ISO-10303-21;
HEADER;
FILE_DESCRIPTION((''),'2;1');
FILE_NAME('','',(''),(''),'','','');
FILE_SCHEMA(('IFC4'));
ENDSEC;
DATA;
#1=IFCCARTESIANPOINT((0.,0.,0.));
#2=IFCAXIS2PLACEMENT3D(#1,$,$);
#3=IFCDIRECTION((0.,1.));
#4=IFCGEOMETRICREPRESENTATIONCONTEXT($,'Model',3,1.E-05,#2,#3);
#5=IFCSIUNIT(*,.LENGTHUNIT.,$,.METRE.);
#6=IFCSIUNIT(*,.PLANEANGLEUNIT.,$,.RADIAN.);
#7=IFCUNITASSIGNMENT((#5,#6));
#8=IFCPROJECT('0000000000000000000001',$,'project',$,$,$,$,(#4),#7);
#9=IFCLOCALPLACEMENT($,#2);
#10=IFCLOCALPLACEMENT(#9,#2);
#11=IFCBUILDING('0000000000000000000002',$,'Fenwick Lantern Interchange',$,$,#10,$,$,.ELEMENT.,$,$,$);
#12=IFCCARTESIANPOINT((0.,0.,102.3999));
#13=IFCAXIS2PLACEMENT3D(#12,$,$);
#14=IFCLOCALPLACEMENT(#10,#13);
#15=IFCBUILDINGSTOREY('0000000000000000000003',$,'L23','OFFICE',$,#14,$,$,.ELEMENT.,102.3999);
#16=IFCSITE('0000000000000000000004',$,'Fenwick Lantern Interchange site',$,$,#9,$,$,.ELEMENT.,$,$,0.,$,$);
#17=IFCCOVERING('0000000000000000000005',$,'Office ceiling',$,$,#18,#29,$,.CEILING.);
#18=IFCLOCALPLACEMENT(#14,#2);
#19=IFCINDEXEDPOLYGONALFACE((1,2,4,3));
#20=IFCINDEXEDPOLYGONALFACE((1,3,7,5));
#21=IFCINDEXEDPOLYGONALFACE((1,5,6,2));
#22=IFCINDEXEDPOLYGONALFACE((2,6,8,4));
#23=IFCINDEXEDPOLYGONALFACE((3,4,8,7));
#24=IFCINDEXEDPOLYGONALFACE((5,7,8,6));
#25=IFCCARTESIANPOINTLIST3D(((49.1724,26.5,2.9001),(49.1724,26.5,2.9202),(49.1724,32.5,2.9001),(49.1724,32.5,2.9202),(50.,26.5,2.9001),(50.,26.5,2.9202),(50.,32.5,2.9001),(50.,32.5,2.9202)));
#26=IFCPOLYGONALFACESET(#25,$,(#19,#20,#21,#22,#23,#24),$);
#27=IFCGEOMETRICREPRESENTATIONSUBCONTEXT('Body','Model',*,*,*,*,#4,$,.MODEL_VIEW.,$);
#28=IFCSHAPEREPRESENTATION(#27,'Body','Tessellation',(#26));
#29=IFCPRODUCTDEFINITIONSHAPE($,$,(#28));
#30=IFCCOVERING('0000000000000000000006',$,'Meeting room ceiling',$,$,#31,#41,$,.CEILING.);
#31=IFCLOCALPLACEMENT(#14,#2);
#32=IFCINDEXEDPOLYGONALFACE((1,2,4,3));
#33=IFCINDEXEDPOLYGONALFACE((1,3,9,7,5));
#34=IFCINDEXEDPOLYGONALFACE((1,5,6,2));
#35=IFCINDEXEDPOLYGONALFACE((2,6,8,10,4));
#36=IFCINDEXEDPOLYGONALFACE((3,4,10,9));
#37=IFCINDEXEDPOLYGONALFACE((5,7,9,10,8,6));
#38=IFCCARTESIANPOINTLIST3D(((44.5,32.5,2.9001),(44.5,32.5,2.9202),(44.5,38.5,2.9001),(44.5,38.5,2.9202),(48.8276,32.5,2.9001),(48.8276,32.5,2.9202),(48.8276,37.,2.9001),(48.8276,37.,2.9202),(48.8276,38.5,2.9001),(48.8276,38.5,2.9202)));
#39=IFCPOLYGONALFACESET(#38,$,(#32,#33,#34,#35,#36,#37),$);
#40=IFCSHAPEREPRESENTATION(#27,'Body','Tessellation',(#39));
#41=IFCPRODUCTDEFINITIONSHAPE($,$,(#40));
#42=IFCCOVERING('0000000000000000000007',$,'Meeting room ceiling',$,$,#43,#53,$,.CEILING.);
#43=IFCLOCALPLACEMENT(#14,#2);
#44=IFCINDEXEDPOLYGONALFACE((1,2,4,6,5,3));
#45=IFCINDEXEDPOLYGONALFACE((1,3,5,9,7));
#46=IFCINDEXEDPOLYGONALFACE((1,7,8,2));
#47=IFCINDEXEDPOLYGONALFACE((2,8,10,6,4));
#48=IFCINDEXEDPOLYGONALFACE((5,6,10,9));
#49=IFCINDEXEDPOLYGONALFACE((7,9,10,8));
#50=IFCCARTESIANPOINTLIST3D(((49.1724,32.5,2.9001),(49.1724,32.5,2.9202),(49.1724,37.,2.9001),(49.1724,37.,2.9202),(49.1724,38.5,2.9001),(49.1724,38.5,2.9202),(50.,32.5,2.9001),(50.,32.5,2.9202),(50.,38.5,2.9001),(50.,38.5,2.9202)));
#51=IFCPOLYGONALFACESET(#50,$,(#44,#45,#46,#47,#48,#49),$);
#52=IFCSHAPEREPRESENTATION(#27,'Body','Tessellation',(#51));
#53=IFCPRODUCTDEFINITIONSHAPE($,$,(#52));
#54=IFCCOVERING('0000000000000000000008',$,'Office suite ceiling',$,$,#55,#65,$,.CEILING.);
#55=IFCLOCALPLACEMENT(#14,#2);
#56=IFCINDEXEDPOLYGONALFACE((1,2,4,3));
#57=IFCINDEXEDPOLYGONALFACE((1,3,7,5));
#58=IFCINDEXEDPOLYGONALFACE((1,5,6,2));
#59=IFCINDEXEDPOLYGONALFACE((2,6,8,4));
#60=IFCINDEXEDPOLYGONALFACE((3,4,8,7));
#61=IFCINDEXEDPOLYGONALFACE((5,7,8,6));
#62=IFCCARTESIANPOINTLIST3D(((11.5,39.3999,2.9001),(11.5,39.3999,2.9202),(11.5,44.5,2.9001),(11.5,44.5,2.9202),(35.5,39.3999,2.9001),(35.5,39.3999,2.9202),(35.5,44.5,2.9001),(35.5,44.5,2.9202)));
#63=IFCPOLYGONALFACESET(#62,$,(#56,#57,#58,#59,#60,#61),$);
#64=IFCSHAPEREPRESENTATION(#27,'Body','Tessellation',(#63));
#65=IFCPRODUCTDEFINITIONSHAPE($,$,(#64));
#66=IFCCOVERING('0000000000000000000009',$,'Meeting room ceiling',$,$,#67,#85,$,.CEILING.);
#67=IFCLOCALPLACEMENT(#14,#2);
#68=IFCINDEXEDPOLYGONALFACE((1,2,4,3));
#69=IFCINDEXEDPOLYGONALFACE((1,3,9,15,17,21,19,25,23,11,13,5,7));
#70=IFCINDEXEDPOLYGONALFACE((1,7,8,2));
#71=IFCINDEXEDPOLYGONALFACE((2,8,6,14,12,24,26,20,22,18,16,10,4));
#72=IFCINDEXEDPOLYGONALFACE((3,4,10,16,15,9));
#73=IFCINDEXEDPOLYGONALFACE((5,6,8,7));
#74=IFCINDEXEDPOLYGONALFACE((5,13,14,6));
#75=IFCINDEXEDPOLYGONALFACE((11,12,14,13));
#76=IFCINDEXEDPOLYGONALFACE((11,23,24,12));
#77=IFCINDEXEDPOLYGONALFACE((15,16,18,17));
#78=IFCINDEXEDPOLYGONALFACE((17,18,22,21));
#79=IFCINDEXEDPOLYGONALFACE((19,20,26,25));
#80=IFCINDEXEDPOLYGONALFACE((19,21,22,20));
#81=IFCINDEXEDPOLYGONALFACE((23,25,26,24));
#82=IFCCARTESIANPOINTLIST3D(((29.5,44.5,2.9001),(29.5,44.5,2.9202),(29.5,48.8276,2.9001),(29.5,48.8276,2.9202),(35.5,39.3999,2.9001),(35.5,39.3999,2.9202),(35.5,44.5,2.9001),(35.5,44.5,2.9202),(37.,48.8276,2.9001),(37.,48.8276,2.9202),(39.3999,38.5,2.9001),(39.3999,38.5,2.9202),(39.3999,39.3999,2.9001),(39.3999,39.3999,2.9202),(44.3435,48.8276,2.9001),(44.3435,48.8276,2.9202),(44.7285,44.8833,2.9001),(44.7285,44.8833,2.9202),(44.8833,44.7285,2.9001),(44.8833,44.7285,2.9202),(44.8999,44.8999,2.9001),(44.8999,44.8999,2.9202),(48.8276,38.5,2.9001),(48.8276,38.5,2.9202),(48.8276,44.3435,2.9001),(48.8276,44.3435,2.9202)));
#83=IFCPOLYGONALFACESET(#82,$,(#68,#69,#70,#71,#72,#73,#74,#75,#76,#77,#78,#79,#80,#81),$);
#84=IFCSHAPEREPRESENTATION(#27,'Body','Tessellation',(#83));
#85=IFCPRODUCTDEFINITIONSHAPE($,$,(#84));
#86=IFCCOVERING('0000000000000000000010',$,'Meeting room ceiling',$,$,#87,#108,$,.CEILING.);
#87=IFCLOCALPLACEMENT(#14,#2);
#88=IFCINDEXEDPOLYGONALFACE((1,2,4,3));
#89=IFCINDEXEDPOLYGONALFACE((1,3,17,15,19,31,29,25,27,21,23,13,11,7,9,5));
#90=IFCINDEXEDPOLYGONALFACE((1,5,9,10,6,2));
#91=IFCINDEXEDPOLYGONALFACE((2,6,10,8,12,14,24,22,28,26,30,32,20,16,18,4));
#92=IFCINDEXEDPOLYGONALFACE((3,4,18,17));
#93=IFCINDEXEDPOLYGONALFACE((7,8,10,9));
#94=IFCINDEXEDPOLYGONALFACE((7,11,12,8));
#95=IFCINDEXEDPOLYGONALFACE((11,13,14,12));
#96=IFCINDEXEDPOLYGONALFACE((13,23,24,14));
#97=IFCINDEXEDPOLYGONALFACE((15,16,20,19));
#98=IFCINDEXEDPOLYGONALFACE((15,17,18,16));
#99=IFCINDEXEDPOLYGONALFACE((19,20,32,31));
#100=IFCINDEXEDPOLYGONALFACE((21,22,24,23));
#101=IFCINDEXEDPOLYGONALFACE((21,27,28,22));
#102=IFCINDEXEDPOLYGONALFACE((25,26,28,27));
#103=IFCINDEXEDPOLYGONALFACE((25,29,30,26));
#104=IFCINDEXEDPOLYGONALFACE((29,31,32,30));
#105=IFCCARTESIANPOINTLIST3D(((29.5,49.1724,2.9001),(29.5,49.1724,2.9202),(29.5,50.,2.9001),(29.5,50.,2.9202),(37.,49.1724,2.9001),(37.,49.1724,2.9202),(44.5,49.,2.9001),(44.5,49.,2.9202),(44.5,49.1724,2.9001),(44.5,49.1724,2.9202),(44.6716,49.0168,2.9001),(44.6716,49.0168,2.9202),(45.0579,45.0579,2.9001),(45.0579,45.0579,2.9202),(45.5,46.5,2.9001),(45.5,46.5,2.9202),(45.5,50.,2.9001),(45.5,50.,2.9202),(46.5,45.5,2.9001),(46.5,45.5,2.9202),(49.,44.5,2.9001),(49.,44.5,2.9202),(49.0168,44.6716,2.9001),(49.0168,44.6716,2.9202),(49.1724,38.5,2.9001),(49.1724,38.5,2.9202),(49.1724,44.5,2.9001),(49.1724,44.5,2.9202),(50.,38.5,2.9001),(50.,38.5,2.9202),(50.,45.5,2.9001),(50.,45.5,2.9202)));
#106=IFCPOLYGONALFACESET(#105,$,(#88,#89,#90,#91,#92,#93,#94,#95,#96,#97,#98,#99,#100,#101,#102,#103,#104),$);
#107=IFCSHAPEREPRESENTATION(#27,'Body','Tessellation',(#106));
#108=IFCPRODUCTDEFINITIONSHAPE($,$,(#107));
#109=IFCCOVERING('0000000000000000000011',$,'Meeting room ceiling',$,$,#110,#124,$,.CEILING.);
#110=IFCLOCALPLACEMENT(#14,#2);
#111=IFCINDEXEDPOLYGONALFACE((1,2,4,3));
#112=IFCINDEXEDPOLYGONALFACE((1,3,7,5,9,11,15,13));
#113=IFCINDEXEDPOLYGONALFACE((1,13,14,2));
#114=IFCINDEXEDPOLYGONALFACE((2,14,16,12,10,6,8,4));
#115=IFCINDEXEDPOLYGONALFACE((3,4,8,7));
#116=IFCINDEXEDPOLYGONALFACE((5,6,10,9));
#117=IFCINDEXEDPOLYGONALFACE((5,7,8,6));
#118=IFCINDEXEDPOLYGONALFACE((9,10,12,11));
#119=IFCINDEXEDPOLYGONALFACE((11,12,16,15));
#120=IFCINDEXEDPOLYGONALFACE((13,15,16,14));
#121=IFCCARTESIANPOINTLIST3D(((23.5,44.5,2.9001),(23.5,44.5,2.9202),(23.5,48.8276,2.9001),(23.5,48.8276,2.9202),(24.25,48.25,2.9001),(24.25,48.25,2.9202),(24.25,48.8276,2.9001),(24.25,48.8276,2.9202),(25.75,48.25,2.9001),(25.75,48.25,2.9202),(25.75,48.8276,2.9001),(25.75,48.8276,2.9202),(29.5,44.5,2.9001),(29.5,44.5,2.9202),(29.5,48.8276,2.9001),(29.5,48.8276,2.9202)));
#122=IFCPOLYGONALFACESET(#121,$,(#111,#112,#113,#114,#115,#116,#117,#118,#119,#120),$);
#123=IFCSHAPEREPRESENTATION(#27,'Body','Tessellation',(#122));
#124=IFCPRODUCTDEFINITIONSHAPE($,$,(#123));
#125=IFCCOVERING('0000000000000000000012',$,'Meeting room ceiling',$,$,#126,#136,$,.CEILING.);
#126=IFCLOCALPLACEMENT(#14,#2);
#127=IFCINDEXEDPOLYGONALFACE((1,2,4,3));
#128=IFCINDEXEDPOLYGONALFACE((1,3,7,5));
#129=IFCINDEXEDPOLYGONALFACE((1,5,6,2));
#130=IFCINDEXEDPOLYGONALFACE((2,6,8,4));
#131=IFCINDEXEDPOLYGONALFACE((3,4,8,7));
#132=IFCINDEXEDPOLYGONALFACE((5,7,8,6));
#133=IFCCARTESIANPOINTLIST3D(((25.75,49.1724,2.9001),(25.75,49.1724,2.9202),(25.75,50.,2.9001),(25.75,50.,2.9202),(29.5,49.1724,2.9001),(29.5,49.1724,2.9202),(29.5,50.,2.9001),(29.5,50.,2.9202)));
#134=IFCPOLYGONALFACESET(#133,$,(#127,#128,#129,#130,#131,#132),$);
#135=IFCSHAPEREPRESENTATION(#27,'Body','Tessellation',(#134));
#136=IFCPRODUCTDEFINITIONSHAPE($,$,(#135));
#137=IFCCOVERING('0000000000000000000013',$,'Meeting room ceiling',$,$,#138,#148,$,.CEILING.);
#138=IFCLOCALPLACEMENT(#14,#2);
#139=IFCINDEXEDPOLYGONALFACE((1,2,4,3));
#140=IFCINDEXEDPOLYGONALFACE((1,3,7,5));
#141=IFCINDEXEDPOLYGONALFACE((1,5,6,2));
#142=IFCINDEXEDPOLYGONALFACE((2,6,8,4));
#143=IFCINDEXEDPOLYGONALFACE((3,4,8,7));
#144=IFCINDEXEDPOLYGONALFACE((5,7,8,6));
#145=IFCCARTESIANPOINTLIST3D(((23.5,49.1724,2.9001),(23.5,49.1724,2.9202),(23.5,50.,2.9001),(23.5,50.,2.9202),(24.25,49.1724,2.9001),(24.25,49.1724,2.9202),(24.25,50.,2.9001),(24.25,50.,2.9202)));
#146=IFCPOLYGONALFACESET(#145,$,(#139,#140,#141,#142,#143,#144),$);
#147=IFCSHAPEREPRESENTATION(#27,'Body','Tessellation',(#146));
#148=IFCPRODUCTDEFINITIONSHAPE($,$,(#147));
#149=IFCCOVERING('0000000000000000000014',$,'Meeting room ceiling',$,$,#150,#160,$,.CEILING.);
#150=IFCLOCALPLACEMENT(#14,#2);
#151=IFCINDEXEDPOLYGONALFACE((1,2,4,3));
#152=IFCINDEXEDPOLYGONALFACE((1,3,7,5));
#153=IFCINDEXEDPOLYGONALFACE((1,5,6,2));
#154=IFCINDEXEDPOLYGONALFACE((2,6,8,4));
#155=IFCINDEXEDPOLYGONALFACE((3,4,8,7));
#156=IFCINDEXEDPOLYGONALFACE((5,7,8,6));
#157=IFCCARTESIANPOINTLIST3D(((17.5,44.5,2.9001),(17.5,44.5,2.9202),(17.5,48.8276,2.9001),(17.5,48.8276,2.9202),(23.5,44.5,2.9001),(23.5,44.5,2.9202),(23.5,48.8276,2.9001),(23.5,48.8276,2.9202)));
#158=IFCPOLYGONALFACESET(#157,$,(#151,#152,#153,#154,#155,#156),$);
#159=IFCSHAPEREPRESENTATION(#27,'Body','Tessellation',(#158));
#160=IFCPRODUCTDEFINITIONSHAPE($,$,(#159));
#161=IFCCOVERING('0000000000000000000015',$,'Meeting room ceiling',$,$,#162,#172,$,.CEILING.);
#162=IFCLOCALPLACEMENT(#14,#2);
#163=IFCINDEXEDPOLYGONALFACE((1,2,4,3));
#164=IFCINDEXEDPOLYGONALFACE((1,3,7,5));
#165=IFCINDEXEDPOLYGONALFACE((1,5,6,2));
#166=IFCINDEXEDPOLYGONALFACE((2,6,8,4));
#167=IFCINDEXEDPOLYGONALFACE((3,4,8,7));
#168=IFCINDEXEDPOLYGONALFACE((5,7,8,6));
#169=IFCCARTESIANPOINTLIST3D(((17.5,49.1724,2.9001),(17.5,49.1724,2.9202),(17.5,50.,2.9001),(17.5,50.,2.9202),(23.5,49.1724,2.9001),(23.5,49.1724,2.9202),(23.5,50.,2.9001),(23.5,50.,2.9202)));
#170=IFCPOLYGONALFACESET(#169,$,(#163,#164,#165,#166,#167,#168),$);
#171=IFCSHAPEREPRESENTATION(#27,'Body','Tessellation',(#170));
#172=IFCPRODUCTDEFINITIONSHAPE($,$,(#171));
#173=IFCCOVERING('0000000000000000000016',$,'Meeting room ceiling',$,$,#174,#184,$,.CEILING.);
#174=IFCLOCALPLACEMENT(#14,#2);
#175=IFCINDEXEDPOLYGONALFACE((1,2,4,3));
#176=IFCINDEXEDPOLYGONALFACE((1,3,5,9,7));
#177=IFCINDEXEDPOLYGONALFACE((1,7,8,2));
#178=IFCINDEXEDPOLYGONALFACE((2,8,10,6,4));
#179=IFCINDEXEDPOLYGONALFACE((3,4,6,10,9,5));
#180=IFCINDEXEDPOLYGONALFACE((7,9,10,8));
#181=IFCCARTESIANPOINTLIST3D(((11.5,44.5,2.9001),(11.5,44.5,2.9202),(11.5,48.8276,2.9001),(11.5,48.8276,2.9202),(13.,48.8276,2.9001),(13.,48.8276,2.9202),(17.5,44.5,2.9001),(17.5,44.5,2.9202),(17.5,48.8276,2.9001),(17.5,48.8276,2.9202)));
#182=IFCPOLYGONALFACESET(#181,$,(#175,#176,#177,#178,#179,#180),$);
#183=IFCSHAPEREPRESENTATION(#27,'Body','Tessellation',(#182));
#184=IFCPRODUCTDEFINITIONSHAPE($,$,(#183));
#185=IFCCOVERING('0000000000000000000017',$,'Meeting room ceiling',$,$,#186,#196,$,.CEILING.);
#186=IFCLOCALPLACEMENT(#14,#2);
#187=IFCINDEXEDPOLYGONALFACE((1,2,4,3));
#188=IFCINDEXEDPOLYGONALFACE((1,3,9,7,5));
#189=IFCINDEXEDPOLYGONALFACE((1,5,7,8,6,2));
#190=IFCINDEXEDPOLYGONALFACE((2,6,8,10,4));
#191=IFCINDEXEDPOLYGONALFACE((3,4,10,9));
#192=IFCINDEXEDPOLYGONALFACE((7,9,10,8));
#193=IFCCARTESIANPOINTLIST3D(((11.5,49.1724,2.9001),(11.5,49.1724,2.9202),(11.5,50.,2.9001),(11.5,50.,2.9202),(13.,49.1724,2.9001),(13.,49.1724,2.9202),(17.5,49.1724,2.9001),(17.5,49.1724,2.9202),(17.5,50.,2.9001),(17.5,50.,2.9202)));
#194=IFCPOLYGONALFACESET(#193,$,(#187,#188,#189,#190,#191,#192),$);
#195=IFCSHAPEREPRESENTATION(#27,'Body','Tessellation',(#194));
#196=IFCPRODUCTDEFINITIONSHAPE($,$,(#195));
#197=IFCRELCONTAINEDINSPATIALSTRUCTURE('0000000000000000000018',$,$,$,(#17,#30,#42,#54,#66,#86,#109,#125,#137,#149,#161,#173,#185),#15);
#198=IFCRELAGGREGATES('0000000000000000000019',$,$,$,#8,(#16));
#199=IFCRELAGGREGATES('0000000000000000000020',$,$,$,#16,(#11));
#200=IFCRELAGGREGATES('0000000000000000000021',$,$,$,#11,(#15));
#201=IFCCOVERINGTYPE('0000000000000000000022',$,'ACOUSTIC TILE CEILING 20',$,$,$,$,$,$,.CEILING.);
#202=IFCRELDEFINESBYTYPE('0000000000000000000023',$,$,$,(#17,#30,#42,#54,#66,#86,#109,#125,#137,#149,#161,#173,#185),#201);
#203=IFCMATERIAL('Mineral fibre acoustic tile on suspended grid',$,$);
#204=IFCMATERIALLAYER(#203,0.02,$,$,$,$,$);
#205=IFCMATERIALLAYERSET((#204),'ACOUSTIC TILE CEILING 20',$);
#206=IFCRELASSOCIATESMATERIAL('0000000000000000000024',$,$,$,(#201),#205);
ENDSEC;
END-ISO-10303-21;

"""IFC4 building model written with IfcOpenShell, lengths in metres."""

from ifc_helpers import new_model, si_unit, direction, frame, origin, place, context, subcontext, project, spatial, polyline, outline, extrude, material, layer, layer_set, type_object, element, save


model = new_model("IFC4")

# Units and contexts
model_context = context("Model", 3, precision=1e-05, world=origin(), true_north=direction((0.0, 1.0)))
body_context = subcontext(model_context, "Body", "Model", "MODEL_VIEW")
ifc_project = project(units=[si_unit("LENGTHUNIT", "METRE"), si_unit("PLANEANGLEUNIT", "RADIAN")], contexts=[model_context])

# Site, building, storey
site_placement = place(None, origin())
site = spatial("IfcSite", under=ifc_project, at=site_placement, Name="Fenwick Lantern Interchange site", CompositionType="ELEMENT", RefElevation=0.0)
building_placement = place(site_placement, origin())
building = spatial("IfcBuilding", under=site, at=building_placement, Name="Fenwick Lantern Interchange", CompositionType="ELEMENT")
storey_placement = place(building_placement, frame((0.0, 0.0, 102.3999)))
storey = spatial("IfcBuildingStorey", under=building, at=storey_placement, Name="L23", Description="OFFICE", CompositionType="ELEMENT", Elevation=102.3999)

# Coverings
ifc_material = material(Name="Mineral fibre acoustic tile on suspended grid")
ifc_layer = layer(ifc_material, 0.02)
ifc_layer_set = layer_set([ifc_layer], Name="ACOUSTIC TILE CEILING 20")
covering_type = type_object("IfcCoveringType", Name="ACOUSTIC TILE CEILING 20", PredefinedType="CEILING", material=ifc_layer_set)
covering_1_placement = place(storey_placement, frame((0.0, 0.0, 2.9001)))
element("IfcCovering", 1, at=covering_1_placement, inside=storey, type_object=covering_type, Name="Office ceiling", PredefinedType="CEILING", context=body_context, shape_type="SweptSolid", body=[
    extrude(outline(polyline([(50.0, 32.5), (49.1724, 32.5), (49.1724, 26.5), (50.0, 26.5), (50.0, 32.5)])), origin(), (0.0, 0.0, 1.0), 0.02),
])
covering_2_placement = place(storey_placement, frame((0.0, 0.0, 2.9001)))
element("IfcCovering", 2, at=covering_2_placement, inside=storey, type_object=covering_type, Name="Meeting room ceiling", PredefinedType="CEILING", context=body_context, shape_type="SweptSolid", body=[
    extrude(outline(polyline([(44.5, 32.5), (48.8276, 32.5), (48.8276, 37.0), (48.8276, 38.5), (44.5, 38.5), (44.5, 32.5)])), origin(), (0.0, 0.0, 1.0), 0.02),
])
covering_3_placement = place(storey_placement, frame((0.0, 0.0, 2.9001)))
element("IfcCovering", 3, at=covering_3_placement, inside=storey, type_object=covering_type, Name="Meeting room ceiling", PredefinedType="CEILING", context=body_context, shape_type="SweptSolid", body=[
    extrude(outline(polyline([(50.0, 38.5), (49.1724, 38.5), (49.1724, 37.0), (49.1724, 32.5), (50.0, 32.5), (50.0, 38.5)])), origin(), (0.0, 0.0, 1.0), 0.02),
])
covering_4_placement = place(storey_placement, frame((0.0, 0.0, 2.9001)))
element("IfcCovering", 4, at=covering_4_placement, inside=storey, type_object=covering_type, Name="Office suite ceiling", PredefinedType="CEILING", context=body_context, shape_type="SweptSolid", body=[
    extrude(outline(polyline([(35.5, 39.3999), (35.5, 44.5), (11.5, 44.5), (11.5, 39.3999), (35.5, 39.3999)])), origin(), (0.0, 0.0, 1.0), 0.02),
])
covering_5_placement = place(storey_placement, frame((0.0, 0.0, 2.9001)))
element("IfcCovering", 5, at=covering_5_placement, inside=storey, type_object=covering_type, Name="Meeting room ceiling", PredefinedType="CEILING", context=body_context, shape_type="SweptSolid", body=[
    extrude(outline(polyline([(29.5, 48.8276), (29.5, 44.5), (35.5, 44.5), (35.5, 39.3999), (39.3999, 39.3999), (39.3999, 38.5), (48.8276, 38.5), (48.8276, 44.3435), (44.8833, 44.7285), (44.8999, 44.8999), (44.7285, 44.8833), (44.3435, 48.8276), (37.0, 48.8276), (29.5, 48.8276)])), origin(), (0.0, 0.0, 1.0), 0.02),
])
covering_6_placement = place(storey_placement, frame((0.0, 0.0, 2.9001)))
element("IfcCovering", 6, at=covering_6_placement, inside=storey, type_object=covering_type, Name="Meeting room ceiling", PredefinedType="CEILING", context=body_context, shape_type="SweptSolid", body=[
    extrude(outline(polyline([(29.5, 50.0), (29.5, 49.1724), (37.0, 49.1724), (44.5, 49.1724), (44.5, 49.0), (44.6716, 49.0168), (45.0579, 45.0579), (49.0168, 44.6716), (49.0, 44.5), (49.1724, 44.5), (49.1724, 38.5), (50.0, 38.5), (50.0, 45.5), (46.5, 45.5), (45.5, 46.5), (45.5, 50.0), (29.5, 50.0)])), origin(), (0.0, 0.0, 1.0), 0.02),
])
covering_7_placement = place(storey_placement, frame((0.0, 0.0, 2.9001)))
element("IfcCovering", 7, at=covering_7_placement, inside=storey, type_object=covering_type, Name="Meeting room ceiling", PredefinedType="CEILING", context=body_context, shape_type="SweptSolid", body=[
    extrude(outline(polyline([(29.5, 44.5), (29.5, 48.8276), (25.75, 48.8276), (25.75, 48.25), (24.25, 48.25), (24.25, 48.8276), (23.5, 48.8276), (23.5, 44.5), (29.5, 44.5)])), origin(), (0.0, 0.0, 1.0), 0.02),
])
covering_8_placement = place(storey_placement, frame((0.0, 0.0, 2.9001)))
element("IfcCovering", 8, at=covering_8_placement, inside=storey, type_object=covering_type, Name="Meeting room ceiling", PredefinedType="CEILING", context=body_context, shape_type="SweptSolid", body=[
    extrude(outline(polyline([(29.5, 49.1724), (29.5, 50.0), (25.75, 50.0), (25.75, 49.1724), (29.5, 49.1724)])), origin(), (0.0, 0.0, 1.0), 0.02),
])
covering_9_placement = place(storey_placement, frame((0.0, 0.0, 2.9001)))
element("IfcCovering", 9, at=covering_9_placement, inside=storey, type_object=covering_type, Name="Meeting room ceiling", PredefinedType="CEILING", context=body_context, shape_type="SweptSolid", body=[
    extrude(outline(polyline([(23.5, 50.0), (23.5, 49.1724), (24.25, 49.1724), (24.25, 50.0), (23.5, 50.0)])), origin(), (0.0, 0.0, 1.0), 0.02),
])
covering_10_placement = place(storey_placement, frame((0.0, 0.0, 2.9001)))
element("IfcCovering", 10, at=covering_10_placement, inside=storey, type_object=covering_type, Name="Meeting room ceiling", PredefinedType="CEILING", context=body_context, shape_type="SweptSolid", body=[
    extrude(outline(polyline([(23.5, 44.5), (23.5, 48.8276), (17.5, 48.8276), (17.5, 44.5), (23.5, 44.5)])), origin(), (0.0, 0.0, 1.0), 0.02),
])
covering_11_placement = place(storey_placement, frame((0.0, 0.0, 2.9001)))
element("IfcCovering", 11, at=covering_11_placement, inside=storey, type_object=covering_type, Name="Meeting room ceiling", PredefinedType="CEILING", context=body_context, shape_type="SweptSolid", body=[
    extrude(outline(polyline([(17.5, 50.0), (17.5, 49.1724), (23.5, 49.1724), (23.5, 50.0), (17.5, 50.0)])), origin(), (0.0, 0.0, 1.0), 0.02),
])
covering_12_placement = place(storey_placement, frame((0.0, 0.0, 2.9001)))
element("IfcCovering", 12, at=covering_12_placement, inside=storey, type_object=covering_type, Name="Meeting room ceiling", PredefinedType="CEILING", context=body_context, shape_type="SweptSolid", body=[
    extrude(outline(polyline([(17.5, 44.5), (17.5, 48.8276), (13.0, 48.8276), (11.5, 48.8276), (11.5, 44.5), (17.5, 44.5)])), origin(), (0.0, 0.0, 1.0), 0.02),
])
covering_13_placement = place(storey_placement, frame((0.0, 0.0, 2.9001)))
element("IfcCovering", 13, at=covering_13_placement, inside=storey, type_object=covering_type, Name="Meeting room ceiling", PredefinedType="CEILING", context=body_context, shape_type="SweptSolid", body=[
    extrude(outline(polyline([(11.5, 50.0), (11.5, 49.1724), (13.0, 49.1724), (17.5, 49.1724), (17.5, 50.0), (11.5, 50.0)])), origin(), (0.0, 0.0, 1.0), 0.02),
])

save(model, "model.ifc")
